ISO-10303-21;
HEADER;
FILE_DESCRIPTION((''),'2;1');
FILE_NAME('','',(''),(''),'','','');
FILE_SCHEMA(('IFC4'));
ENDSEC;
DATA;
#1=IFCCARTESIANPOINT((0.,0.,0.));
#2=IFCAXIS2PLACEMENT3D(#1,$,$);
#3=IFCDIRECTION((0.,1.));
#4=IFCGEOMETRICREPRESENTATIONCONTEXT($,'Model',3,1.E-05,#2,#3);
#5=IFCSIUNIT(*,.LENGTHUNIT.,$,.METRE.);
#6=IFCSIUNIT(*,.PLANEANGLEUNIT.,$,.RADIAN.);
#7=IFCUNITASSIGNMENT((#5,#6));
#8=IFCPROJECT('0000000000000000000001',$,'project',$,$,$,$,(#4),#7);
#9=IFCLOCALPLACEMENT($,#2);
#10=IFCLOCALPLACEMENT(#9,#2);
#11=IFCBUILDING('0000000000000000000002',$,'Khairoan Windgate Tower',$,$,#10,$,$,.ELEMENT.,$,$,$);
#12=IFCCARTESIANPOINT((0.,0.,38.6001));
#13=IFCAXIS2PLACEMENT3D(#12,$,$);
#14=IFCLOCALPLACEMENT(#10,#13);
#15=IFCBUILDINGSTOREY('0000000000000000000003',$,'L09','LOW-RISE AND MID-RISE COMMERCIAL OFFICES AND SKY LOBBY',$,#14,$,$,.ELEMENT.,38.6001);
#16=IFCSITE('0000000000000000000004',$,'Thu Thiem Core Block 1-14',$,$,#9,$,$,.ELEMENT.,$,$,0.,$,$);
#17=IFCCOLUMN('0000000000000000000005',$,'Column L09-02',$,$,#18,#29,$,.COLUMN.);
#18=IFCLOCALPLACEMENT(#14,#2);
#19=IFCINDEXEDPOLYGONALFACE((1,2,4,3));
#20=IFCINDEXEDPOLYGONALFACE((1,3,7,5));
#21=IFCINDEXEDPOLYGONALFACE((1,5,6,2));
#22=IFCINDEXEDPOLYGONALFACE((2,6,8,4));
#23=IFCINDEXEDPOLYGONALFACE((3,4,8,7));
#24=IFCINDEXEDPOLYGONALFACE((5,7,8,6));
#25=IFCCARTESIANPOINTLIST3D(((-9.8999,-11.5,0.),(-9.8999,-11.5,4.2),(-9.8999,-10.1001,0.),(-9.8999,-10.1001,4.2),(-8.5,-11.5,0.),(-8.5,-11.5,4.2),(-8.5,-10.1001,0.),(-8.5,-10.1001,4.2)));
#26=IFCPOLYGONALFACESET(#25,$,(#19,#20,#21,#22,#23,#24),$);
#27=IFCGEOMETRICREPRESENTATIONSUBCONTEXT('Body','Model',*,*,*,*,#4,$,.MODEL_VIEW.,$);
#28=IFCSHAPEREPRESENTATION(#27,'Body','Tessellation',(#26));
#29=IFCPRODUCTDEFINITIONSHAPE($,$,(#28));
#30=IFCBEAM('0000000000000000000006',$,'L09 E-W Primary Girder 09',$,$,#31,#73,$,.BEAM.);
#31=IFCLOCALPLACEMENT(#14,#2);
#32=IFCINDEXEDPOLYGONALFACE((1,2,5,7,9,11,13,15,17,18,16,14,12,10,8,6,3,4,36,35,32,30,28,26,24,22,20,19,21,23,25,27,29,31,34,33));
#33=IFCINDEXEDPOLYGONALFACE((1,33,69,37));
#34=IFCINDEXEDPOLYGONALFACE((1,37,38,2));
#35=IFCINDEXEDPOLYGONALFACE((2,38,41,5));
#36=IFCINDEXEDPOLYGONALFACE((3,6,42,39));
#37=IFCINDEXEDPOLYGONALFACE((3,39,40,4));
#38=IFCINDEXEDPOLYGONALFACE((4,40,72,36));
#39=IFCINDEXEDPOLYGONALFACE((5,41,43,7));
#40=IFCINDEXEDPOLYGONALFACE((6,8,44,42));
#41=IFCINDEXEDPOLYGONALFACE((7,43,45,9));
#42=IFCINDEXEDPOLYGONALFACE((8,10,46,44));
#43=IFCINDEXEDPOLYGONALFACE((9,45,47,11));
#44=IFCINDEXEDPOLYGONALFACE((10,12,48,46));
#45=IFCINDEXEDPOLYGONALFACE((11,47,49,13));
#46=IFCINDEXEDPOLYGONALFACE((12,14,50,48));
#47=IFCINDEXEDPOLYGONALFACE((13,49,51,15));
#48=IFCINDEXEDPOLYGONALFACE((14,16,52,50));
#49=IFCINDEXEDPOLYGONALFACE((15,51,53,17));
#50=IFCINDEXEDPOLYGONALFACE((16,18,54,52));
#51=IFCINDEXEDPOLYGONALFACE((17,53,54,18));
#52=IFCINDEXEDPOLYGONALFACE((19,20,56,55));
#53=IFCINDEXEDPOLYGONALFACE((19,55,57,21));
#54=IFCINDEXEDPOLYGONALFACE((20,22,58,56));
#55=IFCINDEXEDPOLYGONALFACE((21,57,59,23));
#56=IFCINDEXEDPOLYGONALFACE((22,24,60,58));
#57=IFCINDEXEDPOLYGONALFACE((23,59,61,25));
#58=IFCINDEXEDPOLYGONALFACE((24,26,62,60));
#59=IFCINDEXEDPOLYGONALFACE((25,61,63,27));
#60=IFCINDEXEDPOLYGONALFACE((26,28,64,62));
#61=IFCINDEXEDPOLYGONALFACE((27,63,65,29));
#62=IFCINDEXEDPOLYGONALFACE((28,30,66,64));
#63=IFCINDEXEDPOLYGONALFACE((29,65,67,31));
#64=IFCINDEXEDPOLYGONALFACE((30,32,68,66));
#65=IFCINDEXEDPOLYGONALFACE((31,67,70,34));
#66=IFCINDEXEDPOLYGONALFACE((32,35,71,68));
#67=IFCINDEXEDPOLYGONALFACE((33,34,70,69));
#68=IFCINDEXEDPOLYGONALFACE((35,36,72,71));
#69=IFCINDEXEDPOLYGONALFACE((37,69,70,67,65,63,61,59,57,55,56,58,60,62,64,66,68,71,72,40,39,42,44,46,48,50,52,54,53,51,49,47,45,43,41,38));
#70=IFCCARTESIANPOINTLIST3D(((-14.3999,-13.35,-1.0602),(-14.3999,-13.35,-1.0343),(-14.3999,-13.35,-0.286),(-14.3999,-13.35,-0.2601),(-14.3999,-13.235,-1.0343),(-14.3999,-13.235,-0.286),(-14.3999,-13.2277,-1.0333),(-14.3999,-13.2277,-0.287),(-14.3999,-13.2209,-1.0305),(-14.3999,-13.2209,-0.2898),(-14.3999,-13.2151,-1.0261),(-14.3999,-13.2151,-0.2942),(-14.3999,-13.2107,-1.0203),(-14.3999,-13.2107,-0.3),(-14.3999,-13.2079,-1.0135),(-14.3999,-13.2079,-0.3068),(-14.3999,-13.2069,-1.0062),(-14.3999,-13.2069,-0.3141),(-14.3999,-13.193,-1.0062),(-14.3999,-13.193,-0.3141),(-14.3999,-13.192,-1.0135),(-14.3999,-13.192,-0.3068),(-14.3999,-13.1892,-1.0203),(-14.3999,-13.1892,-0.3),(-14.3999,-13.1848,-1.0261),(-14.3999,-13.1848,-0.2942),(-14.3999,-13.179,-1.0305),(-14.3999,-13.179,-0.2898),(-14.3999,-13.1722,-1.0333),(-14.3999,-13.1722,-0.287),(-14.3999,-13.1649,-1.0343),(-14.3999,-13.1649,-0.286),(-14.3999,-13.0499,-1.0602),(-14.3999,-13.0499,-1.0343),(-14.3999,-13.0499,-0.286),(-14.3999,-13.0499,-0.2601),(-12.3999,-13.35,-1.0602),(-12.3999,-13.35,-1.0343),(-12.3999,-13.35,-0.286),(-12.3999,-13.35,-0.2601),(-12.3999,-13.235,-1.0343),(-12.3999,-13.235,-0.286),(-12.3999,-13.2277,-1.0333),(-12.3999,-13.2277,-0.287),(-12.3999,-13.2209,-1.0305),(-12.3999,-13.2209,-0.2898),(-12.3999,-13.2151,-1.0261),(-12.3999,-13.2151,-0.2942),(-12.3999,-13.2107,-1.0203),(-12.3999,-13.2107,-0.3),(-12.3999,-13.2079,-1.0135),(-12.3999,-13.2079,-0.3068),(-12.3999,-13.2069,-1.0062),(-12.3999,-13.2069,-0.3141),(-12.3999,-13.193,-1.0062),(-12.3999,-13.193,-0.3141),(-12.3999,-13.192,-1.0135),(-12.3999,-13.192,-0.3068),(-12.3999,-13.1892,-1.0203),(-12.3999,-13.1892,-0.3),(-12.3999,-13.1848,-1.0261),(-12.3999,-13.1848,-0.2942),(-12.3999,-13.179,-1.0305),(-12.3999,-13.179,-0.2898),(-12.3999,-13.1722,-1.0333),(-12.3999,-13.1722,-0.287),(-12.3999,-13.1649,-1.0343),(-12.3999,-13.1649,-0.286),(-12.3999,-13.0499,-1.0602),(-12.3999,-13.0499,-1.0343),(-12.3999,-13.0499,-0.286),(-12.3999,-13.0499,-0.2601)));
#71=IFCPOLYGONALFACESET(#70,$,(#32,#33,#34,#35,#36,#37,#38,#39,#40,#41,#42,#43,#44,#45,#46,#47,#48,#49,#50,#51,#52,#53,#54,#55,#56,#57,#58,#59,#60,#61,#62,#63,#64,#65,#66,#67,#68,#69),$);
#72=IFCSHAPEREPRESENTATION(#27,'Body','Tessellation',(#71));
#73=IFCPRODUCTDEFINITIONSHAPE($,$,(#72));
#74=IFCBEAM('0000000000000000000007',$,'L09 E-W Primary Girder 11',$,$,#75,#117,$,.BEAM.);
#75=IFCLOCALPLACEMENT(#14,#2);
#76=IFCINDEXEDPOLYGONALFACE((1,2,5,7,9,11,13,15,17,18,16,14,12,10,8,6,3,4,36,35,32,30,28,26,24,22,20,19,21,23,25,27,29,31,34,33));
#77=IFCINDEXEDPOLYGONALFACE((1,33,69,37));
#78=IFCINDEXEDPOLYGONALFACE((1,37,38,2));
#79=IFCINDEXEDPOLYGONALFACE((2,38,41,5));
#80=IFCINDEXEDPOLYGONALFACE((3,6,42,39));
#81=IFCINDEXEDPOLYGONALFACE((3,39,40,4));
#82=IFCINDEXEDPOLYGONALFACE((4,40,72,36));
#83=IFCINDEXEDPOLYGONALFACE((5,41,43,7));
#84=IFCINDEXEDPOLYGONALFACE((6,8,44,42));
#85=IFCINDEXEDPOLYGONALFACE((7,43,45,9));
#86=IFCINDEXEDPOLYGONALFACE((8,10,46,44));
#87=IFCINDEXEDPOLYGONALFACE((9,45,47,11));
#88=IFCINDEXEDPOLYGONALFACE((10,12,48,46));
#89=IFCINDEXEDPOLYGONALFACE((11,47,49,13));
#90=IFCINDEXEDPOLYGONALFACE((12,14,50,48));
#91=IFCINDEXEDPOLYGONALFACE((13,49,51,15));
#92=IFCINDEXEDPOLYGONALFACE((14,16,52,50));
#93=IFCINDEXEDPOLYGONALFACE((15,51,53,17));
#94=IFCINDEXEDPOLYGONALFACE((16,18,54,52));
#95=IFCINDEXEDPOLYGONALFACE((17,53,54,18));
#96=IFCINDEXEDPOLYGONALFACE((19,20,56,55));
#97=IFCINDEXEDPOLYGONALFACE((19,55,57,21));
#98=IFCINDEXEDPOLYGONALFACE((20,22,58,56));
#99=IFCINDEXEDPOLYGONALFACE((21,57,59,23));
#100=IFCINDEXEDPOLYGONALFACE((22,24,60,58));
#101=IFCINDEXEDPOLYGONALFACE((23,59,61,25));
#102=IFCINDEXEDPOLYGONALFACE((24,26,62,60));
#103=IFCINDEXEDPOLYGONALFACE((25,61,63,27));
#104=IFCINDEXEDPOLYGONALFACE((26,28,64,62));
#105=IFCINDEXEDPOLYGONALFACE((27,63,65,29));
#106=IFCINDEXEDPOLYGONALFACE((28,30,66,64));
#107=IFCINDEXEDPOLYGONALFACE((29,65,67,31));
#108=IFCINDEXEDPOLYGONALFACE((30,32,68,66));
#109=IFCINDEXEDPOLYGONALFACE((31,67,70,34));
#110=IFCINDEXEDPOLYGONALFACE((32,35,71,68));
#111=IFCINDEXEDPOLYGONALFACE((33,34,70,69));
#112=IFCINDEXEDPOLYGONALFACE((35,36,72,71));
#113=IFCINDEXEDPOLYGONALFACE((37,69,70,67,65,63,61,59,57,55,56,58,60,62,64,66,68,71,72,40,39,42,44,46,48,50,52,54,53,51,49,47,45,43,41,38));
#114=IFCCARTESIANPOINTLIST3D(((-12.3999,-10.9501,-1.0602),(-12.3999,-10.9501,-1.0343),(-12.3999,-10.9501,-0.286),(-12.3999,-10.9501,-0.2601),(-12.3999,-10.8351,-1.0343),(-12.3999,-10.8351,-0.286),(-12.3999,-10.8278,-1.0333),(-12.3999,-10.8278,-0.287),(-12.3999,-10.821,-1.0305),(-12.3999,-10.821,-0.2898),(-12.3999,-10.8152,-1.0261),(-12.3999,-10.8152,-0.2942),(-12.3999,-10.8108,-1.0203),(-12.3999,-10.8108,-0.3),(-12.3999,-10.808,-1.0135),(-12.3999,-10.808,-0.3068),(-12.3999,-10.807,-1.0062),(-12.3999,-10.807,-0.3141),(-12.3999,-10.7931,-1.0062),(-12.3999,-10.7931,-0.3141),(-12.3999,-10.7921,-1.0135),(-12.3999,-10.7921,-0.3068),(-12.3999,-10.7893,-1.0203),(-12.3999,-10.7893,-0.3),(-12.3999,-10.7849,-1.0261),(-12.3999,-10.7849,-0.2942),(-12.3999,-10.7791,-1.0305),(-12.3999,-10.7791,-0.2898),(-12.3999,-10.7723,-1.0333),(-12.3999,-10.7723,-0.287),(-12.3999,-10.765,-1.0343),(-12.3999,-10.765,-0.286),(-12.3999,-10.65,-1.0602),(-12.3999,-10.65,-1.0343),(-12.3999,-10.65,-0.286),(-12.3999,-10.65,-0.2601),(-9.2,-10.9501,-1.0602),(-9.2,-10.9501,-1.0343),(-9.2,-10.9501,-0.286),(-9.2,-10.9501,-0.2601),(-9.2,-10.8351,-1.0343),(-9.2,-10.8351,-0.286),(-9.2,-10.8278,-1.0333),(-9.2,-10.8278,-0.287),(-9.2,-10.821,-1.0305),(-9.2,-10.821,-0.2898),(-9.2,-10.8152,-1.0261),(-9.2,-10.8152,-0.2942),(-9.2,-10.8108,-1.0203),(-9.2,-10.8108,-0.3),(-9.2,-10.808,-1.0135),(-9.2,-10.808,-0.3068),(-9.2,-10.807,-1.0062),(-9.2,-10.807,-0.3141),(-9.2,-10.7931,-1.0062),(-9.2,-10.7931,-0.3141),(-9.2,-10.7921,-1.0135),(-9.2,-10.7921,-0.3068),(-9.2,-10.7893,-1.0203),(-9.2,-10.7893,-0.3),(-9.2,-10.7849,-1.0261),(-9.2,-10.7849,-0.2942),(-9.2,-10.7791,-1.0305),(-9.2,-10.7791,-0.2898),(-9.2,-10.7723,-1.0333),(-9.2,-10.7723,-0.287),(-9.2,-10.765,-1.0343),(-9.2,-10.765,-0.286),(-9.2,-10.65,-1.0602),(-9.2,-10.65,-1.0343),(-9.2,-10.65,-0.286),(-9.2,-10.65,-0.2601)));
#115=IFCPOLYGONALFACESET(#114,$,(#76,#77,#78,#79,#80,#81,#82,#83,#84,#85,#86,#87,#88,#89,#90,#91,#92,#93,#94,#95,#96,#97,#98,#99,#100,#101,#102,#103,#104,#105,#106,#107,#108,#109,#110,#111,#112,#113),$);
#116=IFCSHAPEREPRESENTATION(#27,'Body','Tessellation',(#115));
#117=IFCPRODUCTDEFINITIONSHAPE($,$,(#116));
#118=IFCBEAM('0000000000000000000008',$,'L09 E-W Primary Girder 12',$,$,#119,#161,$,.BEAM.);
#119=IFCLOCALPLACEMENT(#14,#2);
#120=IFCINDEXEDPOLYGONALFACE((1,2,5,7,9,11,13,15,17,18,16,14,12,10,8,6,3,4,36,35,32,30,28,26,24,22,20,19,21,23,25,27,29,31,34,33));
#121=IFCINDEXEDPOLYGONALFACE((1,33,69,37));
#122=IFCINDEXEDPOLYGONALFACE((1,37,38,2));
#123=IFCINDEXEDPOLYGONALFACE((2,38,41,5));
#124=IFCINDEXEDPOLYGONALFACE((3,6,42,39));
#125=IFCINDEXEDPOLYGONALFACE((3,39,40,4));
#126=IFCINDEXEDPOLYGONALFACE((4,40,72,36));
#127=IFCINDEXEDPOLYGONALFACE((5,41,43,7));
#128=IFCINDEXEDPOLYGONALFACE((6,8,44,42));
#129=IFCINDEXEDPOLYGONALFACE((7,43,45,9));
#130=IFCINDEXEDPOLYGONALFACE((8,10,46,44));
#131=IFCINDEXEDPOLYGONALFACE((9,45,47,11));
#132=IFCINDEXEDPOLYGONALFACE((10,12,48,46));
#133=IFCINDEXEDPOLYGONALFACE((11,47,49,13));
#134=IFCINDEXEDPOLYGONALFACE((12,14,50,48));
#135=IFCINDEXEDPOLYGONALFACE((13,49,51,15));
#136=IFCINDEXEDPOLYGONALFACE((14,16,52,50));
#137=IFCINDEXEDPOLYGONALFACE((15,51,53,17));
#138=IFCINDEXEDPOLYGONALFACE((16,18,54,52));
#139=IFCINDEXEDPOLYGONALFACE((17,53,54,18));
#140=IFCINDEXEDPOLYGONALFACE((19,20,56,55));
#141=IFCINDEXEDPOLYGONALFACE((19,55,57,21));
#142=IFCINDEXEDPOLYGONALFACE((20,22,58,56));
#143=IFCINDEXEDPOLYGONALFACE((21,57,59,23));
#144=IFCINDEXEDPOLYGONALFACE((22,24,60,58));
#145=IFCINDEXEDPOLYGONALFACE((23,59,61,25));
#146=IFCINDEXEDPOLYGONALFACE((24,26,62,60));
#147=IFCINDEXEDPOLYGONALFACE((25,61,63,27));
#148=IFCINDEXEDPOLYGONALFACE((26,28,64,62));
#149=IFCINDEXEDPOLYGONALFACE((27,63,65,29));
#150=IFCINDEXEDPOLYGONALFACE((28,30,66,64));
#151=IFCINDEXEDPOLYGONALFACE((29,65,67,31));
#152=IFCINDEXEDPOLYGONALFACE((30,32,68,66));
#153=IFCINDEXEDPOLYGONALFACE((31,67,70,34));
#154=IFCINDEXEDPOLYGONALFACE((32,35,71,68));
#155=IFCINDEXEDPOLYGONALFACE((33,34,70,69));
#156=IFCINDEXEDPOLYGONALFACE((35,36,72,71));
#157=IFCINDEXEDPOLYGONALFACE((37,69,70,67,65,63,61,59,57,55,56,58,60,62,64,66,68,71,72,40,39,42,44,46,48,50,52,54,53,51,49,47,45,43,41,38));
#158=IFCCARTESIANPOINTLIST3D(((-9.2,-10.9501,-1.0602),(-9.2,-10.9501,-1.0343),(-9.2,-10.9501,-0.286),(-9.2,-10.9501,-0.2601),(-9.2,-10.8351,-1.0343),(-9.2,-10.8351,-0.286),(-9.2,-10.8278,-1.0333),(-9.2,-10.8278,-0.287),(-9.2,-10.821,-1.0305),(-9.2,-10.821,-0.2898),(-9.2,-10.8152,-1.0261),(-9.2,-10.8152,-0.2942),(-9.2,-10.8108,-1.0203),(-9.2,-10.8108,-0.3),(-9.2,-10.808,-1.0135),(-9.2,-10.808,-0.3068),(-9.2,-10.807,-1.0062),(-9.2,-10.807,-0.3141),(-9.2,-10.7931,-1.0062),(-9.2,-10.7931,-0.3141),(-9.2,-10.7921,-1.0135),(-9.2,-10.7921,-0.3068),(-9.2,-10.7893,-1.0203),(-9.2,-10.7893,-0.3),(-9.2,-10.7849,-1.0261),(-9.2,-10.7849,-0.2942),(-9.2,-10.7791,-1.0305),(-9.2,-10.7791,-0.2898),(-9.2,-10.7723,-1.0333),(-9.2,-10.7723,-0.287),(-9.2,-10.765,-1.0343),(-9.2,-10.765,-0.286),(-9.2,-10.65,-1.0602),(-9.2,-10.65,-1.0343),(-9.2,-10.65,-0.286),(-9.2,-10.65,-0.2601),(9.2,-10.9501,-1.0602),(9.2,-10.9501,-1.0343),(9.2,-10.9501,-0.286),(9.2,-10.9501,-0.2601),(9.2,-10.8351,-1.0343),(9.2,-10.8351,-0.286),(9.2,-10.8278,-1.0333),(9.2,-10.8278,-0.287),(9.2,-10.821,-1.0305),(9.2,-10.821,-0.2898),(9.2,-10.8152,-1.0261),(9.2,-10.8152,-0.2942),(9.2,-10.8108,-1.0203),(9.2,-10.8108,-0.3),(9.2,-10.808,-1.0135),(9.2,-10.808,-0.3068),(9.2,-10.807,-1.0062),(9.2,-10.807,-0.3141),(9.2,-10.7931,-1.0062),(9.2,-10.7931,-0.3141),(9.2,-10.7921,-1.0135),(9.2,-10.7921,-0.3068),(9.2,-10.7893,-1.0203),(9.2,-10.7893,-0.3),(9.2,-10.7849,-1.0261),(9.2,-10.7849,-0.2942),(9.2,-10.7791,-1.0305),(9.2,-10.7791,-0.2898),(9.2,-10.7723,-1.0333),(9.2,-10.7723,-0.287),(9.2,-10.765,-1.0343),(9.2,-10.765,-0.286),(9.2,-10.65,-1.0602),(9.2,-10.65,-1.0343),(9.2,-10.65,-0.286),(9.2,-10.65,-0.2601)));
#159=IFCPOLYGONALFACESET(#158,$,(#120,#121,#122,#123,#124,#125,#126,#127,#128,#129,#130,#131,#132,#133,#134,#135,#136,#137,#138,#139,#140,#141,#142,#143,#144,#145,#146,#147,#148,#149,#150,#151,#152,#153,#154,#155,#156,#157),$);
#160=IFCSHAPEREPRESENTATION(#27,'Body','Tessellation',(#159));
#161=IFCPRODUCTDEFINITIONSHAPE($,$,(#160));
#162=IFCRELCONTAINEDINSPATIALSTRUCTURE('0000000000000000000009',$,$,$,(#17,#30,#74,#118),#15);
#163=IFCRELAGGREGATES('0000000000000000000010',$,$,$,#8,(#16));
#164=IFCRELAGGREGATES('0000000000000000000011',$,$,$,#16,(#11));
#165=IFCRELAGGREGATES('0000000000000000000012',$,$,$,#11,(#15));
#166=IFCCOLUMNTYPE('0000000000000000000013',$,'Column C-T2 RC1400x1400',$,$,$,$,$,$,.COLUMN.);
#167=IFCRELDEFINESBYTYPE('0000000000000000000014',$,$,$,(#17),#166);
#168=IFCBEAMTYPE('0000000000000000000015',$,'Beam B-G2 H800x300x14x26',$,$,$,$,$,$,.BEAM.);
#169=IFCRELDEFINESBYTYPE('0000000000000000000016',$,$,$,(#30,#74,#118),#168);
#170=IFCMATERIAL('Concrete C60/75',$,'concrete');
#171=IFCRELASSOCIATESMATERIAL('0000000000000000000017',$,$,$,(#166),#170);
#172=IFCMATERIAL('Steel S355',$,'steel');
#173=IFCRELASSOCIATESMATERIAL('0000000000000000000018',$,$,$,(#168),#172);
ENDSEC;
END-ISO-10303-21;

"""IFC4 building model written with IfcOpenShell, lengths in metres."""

from ifc_helpers import new_model, si_unit, direction, frame, origin, origin_2d, place, context, subcontext, project, spatial, rectangle, i_section, extrude, material, material_profile, profile_set, type_object, element, save


model = new_model("IFC4")

# Units and contexts
model_context = context("Model", 3, precision=1e-05, world=origin(), true_north=direction((0.0, 1.0)))
body_context = subcontext(model_context, "Body", "Model", "MODEL_VIEW")
ifc_project = project(units=[si_unit("LENGTHUNIT", "METRE"), si_unit("PLANEANGLEUNIT", "RADIAN")], contexts=[model_context])

# Site, building, storey
site_placement = place(None, origin())
site = spatial("IfcSite", under=ifc_project, at=site_placement, Name="Thu Thiem Core Block 1-14", CompositionType="ELEMENT", RefElevation=0.0)
building_placement = place(site_placement, origin())
building = spatial("IfcBuilding", under=site, at=building_placement, Name="Khairoan Windgate Tower", CompositionType="ELEMENT")
storey_placement = place(building_placement, frame((0.0, 0.0, 38.6001)))
storey = spatial("IfcBuildingStorey", under=building, at=storey_placement, Name="L09", Description="LOW-RISE AND MID-RISE COMMERCIAL OFFICES AND SKY LOBBY", CompositionType="ELEMENT", Elevation=38.6001)

# Column
ifc_material_1 = material(Name="Concrete C60/75", Category="concrete")
ifc_material_profile_1 = material_profile(ifc_material_1, rectangle(XDim=1.3999, YDim=1.3999, at=origin_2d()))
ifc_profile_set_1 = profile_set([ifc_material_profile_1], Name="Concrete C60/75")
column_type = type_object("IfcColumnType", Name="Column C-T2 RC1400x1400", PredefinedType="COLUMN", material=ifc_profile_set_1)
column_placement = place(storey_placement, frame((-9.2, -10.8, 0.0), z_axis=(0.0, 0.0, 1.0), x_axis=(1.0, 0.0, 0.0)))
element("IfcColumn", 1, at=column_placement, inside=storey, type_object=column_type, Name="Column L09-02", PredefinedType="COLUMN", context=body_context, shape_type="SweptSolid", body=[
    extrude(rectangle(XDim=1.3999, YDim=1.3999, at=origin_2d()), origin(), (0.0, 0.0, 1.0), 4.2),
])

# Beams
ifc_material_2 = material(Name="Steel S355", Category="steel")
ifc_material_profile_2 = material_profile(ifc_material_2, i_section(OverallWidth=0.3, OverallDepth=0.8, WebThickness=0.0139, FlangeThickness=0.0259, FilletRadius=0.0281, at=origin_2d()))
ifc_profile_set_2 = profile_set([ifc_material_profile_2], Name="Steel S355")
beam_type_1 = type_object("IfcBeamType", Name="Beam B-G2 H800x300x14x26", PredefinedType="BEAM", material=ifc_profile_set_2)
beam_1_placement = place(storey_placement, frame((-14.3999, -13.2, -0.6602), z_axis=(1.0, 0.0, 0.0), x_axis=(0.0, 1.0, 0.0)))
element("IfcBeam", 2, at=beam_1_placement, inside=storey, type_object=beam_type_1, Name="L09 E-W Primary Girder 09", PredefinedType="BEAM", context=body_context, shape_type="SweptSolid", body=[
    extrude(i_section(OverallWidth=0.3, OverallDepth=0.8, WebThickness=0.0139, FlangeThickness=0.0259, FilletRadius=0.0281, at=origin_2d()), origin(), (0.0, 0.0, 1.0), 2.0),
])
beam_2_placement = place(storey_placement, frame((-12.3999, -10.8, -0.6602), z_axis=(1.0, 0.0, 0.0), x_axis=(0.0, 1.0, 0.0)))
element("IfcBeam", 3, at=beam_2_placement, inside=storey, type_object=beam_type_1, Name="L09 E-W Primary Girder 11", PredefinedType="BEAM", context=body_context, shape_type="SweptSolid", body=[
    extrude(i_section(OverallWidth=0.3, OverallDepth=0.8, WebThickness=0.0139, FlangeThickness=0.0259, FilletRadius=0.0281, at=origin_2d()), origin(), (0.0, 0.0, 1.0), 3.2),
])
beam_3_placement = place(storey_placement, frame((-9.2, -10.8, -0.6602), z_axis=(1.0, 0.0, 0.0), x_axis=(0.0, 1.0, 0.0)))
element("IfcBeam", 4, at=beam_3_placement, inside=storey, type_object=beam_type_1, Name="L09 E-W Primary Girder 12", PredefinedType="BEAM", context=body_context, shape_type="SweptSolid", body=[
    extrude(i_section(OverallWidth=0.3, OverallDepth=0.8, WebThickness=0.0139, FlangeThickness=0.0259, FilletRadius=0.0281, at=origin_2d()), origin(), (0.0, 0.0, 1.0), 18.3999),
])

save(model, "model.ifc")
